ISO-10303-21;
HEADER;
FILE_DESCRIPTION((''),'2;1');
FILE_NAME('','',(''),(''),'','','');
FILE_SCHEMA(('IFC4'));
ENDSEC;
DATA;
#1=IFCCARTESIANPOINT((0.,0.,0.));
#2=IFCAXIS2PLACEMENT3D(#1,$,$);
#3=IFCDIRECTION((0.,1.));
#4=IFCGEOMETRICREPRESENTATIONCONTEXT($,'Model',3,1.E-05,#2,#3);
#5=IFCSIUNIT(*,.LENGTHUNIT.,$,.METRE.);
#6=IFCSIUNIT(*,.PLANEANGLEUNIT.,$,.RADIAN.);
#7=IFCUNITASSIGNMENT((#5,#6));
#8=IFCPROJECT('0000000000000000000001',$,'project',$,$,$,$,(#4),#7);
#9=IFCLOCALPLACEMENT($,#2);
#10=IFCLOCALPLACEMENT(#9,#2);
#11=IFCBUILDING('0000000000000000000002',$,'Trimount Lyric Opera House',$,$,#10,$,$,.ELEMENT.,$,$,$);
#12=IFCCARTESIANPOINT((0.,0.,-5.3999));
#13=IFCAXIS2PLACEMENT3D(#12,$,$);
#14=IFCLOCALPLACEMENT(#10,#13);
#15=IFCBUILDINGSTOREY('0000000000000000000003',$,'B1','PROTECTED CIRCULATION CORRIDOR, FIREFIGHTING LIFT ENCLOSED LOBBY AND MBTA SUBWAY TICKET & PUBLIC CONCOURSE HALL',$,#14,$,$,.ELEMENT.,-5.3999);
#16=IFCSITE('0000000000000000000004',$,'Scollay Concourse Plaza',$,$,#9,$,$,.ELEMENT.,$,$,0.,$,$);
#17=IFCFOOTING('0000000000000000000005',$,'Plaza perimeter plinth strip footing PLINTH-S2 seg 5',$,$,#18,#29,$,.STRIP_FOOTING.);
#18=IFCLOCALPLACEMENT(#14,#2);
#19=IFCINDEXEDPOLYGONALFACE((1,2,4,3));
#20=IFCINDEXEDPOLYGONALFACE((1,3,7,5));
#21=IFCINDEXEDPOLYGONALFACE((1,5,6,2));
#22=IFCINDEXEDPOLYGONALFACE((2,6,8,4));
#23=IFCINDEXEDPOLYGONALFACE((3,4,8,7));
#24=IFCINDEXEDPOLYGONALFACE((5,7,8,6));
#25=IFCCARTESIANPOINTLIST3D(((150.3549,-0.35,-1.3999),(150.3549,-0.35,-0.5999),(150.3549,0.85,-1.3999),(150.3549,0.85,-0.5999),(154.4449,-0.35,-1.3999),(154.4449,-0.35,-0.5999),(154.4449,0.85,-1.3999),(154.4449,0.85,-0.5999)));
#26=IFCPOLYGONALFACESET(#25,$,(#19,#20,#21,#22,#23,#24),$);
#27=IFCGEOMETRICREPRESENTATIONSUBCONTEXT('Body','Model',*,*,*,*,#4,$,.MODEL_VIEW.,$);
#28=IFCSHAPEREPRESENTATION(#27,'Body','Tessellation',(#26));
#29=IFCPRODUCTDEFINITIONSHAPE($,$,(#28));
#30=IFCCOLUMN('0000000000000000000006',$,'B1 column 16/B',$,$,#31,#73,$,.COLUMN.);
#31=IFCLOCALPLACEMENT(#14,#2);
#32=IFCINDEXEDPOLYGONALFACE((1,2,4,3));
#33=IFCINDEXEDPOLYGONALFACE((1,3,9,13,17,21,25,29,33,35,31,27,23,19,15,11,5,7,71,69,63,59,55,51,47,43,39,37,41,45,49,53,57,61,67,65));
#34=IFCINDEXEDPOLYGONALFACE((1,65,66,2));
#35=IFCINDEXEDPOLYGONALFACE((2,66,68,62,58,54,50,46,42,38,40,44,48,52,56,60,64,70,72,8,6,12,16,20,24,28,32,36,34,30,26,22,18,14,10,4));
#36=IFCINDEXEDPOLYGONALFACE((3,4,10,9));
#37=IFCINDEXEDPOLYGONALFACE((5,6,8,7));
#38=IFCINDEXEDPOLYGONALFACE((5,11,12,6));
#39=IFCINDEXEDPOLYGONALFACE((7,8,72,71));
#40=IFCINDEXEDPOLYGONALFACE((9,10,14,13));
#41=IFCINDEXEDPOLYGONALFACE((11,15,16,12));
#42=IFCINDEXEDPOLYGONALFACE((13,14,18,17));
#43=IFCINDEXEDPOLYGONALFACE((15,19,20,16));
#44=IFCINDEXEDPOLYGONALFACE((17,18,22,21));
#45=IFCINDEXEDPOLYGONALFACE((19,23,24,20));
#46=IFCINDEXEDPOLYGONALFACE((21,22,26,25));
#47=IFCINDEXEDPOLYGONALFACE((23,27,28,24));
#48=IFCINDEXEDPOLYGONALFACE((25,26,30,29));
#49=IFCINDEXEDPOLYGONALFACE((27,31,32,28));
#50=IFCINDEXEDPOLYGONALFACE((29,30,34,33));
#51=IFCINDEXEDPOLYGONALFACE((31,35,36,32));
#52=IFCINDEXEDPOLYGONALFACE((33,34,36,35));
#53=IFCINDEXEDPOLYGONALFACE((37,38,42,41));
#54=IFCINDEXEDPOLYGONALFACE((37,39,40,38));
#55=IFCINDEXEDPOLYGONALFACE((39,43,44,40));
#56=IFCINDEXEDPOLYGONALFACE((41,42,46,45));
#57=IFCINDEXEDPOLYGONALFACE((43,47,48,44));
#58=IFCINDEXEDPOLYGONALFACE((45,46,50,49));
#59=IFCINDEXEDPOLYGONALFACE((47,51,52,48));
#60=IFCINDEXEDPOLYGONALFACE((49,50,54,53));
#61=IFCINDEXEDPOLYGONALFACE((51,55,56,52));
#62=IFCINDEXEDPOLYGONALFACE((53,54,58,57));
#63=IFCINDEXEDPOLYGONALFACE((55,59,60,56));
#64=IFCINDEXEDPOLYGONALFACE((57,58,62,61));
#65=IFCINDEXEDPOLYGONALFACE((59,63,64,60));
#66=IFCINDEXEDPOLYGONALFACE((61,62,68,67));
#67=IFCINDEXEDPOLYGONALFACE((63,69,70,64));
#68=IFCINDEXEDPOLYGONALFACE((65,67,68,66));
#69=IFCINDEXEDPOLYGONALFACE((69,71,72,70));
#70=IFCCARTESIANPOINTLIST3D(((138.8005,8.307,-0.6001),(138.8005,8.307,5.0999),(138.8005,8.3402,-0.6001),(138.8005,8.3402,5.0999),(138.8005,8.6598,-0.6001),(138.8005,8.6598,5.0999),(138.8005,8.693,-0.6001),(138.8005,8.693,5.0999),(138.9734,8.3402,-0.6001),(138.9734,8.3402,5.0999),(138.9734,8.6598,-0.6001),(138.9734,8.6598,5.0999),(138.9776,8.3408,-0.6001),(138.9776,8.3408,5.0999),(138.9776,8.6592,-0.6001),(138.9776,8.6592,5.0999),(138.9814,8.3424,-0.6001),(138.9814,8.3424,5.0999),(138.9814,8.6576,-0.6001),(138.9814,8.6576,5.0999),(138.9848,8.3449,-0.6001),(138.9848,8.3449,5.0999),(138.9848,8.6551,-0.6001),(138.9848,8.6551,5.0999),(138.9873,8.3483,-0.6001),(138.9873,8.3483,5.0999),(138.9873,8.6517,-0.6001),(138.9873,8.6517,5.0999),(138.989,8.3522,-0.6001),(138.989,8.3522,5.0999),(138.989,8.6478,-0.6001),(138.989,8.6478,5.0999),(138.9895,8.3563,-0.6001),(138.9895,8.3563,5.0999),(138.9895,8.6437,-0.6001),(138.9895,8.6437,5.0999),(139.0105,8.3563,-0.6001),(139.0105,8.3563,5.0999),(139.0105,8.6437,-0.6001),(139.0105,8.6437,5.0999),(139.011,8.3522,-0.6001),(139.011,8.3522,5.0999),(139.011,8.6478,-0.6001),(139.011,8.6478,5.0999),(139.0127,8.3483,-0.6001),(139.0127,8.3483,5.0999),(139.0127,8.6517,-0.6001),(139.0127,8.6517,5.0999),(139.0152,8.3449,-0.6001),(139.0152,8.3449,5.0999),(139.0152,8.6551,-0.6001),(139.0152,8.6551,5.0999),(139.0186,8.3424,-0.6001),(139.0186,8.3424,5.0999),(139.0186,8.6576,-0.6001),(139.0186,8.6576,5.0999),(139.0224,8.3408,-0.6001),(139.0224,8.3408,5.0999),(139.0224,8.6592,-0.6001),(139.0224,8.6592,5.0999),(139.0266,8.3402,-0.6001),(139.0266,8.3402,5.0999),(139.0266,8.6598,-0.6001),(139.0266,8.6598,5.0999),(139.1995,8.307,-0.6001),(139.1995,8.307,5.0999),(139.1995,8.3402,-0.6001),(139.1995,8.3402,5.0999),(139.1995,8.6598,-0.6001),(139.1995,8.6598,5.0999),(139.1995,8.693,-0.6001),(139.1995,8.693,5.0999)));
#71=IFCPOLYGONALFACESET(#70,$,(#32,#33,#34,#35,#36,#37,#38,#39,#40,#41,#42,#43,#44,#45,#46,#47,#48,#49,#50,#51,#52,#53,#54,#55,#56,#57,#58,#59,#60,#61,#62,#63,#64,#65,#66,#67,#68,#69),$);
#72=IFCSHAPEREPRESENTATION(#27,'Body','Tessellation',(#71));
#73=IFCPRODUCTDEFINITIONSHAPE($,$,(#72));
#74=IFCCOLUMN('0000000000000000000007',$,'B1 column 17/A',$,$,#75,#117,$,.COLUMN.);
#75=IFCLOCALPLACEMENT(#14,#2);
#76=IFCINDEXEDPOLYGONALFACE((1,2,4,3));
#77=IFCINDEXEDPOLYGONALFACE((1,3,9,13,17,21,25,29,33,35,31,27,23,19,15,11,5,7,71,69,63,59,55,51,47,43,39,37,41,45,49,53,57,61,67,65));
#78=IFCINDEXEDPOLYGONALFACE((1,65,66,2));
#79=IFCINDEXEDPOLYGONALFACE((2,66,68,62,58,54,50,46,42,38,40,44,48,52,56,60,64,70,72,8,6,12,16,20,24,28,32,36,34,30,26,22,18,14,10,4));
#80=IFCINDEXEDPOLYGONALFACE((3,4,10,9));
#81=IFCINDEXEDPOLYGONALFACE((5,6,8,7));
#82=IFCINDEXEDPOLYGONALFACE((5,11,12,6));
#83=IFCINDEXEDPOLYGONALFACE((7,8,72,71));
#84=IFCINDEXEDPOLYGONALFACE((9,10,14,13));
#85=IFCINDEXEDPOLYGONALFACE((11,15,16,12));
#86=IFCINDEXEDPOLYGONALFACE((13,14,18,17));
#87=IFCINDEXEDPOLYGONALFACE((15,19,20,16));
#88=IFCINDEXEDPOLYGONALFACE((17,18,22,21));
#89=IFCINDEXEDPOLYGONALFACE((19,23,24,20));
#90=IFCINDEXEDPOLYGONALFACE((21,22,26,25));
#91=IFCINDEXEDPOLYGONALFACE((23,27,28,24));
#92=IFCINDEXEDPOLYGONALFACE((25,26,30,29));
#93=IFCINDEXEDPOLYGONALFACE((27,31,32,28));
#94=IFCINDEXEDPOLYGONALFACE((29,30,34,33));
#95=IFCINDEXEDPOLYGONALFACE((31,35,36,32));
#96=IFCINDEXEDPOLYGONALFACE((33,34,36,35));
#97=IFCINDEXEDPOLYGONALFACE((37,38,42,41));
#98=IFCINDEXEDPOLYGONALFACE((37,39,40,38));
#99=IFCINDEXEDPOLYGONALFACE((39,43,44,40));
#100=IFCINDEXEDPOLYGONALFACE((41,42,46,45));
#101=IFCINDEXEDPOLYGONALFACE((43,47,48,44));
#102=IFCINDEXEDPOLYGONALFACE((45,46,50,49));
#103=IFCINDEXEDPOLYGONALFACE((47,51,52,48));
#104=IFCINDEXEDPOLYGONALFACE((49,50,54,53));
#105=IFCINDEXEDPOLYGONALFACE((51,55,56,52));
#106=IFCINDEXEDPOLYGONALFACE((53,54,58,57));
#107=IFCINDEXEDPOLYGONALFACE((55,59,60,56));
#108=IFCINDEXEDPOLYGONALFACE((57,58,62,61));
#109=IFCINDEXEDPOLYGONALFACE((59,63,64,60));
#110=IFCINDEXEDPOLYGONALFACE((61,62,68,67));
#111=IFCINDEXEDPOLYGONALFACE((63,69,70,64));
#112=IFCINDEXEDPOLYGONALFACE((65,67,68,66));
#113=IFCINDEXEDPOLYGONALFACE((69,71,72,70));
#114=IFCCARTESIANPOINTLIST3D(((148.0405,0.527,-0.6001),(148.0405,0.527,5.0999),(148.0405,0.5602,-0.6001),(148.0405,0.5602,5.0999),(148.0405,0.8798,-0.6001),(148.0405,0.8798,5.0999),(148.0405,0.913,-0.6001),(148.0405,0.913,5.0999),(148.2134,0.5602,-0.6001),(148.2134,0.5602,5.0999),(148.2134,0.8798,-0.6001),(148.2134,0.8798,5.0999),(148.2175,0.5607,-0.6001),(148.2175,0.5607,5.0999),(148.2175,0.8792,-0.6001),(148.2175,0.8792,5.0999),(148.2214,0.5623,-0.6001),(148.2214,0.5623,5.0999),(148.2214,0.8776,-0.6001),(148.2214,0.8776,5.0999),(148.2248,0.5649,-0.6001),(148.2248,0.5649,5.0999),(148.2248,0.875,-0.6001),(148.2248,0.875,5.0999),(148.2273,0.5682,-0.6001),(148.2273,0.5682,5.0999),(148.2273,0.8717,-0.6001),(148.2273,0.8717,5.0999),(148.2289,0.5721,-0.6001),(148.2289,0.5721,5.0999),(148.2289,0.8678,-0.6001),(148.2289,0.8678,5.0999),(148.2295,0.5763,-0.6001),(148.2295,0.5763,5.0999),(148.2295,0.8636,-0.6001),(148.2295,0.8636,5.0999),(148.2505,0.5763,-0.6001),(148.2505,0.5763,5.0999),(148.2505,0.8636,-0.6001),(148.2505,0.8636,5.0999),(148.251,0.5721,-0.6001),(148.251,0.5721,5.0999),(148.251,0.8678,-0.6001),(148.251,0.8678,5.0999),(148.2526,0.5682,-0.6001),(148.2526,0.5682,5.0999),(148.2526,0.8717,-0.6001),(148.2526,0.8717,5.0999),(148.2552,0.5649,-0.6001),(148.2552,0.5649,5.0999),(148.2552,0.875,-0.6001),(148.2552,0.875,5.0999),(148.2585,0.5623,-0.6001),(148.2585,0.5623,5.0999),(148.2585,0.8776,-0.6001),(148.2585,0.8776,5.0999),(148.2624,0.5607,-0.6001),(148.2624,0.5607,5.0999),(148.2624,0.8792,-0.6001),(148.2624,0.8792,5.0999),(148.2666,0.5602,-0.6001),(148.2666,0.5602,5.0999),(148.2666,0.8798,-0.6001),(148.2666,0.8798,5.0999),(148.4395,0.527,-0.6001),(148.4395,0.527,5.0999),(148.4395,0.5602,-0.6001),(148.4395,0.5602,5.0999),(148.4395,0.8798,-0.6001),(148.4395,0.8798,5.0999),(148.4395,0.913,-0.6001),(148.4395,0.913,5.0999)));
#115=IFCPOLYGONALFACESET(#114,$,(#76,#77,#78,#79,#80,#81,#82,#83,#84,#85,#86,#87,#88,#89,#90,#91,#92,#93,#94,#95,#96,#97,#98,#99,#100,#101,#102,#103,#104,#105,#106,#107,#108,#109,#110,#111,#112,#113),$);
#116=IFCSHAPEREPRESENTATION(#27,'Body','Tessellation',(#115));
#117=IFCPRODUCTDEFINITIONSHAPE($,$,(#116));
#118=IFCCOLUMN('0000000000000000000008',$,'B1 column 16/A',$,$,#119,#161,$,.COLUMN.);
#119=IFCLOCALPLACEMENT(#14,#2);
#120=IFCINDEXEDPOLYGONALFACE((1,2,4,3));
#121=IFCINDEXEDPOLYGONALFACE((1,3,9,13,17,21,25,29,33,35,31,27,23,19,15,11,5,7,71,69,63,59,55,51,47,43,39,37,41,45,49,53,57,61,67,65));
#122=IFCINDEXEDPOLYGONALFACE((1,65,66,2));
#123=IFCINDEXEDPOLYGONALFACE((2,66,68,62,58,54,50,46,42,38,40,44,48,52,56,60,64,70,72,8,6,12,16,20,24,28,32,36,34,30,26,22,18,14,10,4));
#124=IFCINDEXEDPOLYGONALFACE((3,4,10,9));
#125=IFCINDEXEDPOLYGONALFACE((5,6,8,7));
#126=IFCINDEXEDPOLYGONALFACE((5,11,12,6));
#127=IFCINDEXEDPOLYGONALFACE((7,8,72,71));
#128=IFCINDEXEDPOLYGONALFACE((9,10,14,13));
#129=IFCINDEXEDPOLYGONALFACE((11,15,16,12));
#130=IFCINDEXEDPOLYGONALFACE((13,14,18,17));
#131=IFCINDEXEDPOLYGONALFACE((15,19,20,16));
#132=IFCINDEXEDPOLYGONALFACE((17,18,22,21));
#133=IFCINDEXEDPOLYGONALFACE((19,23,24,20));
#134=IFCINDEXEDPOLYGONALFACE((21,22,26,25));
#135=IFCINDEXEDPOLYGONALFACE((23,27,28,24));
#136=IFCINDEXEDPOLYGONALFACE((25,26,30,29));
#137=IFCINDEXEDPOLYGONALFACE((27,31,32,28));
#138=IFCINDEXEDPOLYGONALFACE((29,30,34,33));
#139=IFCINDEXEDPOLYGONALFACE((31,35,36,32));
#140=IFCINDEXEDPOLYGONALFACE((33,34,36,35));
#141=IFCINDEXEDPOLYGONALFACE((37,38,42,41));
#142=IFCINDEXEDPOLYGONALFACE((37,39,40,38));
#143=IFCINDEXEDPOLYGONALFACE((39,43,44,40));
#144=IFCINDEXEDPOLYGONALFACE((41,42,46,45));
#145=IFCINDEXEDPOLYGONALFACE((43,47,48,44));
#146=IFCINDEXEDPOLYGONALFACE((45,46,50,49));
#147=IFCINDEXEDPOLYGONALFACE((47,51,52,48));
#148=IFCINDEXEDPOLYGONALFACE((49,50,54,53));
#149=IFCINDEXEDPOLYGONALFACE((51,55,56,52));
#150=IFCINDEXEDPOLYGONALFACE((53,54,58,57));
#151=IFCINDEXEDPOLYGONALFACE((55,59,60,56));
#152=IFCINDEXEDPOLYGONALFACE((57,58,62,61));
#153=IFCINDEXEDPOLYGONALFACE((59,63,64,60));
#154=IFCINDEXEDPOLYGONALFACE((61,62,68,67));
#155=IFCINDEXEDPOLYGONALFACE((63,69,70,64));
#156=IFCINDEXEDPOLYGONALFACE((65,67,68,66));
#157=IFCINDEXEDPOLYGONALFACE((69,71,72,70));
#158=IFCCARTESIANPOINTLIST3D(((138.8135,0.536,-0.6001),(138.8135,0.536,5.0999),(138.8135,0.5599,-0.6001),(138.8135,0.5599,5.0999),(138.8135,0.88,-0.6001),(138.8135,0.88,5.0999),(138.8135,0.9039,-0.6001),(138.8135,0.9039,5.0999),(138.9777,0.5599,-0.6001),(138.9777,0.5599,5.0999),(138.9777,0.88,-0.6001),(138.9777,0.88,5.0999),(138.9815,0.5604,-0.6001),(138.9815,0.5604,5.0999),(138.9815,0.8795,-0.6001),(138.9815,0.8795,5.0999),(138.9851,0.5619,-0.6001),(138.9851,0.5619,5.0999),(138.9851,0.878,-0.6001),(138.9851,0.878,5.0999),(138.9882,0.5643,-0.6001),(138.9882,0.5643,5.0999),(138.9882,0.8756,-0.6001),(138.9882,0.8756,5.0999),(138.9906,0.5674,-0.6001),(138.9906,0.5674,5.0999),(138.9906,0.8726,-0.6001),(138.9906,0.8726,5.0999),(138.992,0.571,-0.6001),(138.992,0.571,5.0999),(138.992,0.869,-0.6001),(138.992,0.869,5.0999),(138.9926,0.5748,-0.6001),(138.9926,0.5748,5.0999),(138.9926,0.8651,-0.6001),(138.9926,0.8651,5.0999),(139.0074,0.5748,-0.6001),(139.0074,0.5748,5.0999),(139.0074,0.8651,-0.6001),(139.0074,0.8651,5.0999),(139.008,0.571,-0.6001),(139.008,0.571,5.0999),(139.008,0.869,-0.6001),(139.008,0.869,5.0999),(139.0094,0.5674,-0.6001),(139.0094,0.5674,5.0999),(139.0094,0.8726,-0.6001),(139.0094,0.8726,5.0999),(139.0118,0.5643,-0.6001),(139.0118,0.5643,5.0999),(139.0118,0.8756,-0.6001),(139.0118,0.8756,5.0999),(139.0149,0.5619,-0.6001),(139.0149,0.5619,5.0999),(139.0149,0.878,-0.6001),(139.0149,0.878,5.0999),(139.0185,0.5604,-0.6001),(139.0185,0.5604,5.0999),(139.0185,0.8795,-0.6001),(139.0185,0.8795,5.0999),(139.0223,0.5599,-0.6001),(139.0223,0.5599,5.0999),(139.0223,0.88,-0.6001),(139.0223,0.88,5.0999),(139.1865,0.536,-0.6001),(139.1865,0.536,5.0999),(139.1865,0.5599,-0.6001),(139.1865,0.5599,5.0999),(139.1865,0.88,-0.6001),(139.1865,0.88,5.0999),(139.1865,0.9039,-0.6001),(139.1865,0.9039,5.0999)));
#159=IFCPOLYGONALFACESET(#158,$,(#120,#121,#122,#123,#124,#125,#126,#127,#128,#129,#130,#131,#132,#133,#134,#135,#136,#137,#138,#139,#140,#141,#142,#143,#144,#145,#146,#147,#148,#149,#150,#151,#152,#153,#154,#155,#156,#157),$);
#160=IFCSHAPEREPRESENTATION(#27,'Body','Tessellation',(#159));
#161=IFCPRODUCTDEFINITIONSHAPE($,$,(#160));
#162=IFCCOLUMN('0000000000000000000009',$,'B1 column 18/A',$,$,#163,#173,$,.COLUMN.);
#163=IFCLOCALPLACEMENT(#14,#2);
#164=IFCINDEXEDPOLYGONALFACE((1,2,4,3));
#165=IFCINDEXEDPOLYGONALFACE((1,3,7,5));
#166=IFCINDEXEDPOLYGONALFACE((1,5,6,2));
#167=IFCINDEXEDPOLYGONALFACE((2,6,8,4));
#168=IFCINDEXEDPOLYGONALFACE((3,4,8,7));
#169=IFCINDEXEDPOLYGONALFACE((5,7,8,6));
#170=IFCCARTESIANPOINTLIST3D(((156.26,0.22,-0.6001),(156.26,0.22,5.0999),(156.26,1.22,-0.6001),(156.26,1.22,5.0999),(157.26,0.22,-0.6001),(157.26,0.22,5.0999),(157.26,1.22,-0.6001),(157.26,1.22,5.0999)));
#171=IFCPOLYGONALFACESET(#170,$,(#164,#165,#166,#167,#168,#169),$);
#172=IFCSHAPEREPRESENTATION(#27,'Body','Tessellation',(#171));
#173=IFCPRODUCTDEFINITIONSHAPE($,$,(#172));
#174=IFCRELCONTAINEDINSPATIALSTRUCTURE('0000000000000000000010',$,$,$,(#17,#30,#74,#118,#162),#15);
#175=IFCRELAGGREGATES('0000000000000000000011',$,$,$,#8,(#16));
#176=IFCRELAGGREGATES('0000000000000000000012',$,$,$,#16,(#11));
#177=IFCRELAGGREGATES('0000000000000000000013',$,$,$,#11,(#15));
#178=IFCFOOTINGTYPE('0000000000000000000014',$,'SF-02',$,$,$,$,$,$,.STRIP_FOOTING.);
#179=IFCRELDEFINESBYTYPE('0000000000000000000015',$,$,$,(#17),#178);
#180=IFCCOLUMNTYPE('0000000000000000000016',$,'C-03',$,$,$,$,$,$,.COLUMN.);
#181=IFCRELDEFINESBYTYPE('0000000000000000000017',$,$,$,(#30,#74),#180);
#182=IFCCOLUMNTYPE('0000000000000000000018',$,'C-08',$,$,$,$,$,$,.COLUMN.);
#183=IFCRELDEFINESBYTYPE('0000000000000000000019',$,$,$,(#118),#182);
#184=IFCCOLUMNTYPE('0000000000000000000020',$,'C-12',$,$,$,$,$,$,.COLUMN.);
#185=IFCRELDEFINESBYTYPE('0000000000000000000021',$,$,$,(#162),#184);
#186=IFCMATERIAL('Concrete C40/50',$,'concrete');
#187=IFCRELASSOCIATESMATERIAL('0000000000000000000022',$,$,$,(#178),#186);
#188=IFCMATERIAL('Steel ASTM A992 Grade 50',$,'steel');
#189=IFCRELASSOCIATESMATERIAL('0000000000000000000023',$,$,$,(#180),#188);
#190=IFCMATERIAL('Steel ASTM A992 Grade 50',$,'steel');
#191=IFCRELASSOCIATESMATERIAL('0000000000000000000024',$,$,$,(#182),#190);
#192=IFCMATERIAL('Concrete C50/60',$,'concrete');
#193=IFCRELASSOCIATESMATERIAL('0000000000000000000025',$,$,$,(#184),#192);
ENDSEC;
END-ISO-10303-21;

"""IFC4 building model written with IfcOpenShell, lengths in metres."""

from ifc_helpers import new_model, si_unit, direction, frame, origin, origin_2d, place, context, subcontext, project, spatial, rectangle, i_section, extrude, material, material_profile, profile_set, type_object, element, save


model = new_model("IFC4")

# Units and contexts
model_context = context("Model", 3, precision=1e-05, world=origin(), true_north=direction((0.0, 1.0)))
body_context = subcontext(model_context, "Body", "Model", "MODEL_VIEW")
ifc_project = project(units=[si_unit("LENGTHUNIT", "METRE"), si_unit("PLANEANGLEUNIT", "RADIAN")], contexts=[model_context])

# Site, building, storey
site_placement = place(None, origin())
site = spatial("IfcSite", under=ifc_project, at=site_placement, Name="Scollay Concourse Plaza", CompositionType="ELEMENT", RefElevation=0.0)
building_placement = place(site_placement, origin())
building = spatial("IfcBuilding", under=site, at=building_placement, Name="Trimount Lyric Opera House", CompositionType="ELEMENT")
storey_placement = place(building_placement, frame((0.0, 0.0, -5.3999)))
storey = spatial("IfcBuildingStorey", under=building, at=storey_placement, Name="B1", Description="PROTECTED CIRCULATION CORRIDOR, FIREFIGHTING LIFT ENCLOSED LOBBY AND MBTA SUBWAY TICKET & PUBLIC CONCOURSE HALL", CompositionType="ELEMENT", Elevation=-5.3999)

# Footing
ifc_material_1 = material(Name="Concrete C40/50", Category="concrete")
footing_type_1 = type_object("IfcFootingType", Name="SF-02", PredefinedType="STRIP_FOOTING", material=ifc_material_1)
footing_1_placement = place(storey_placement, frame((152.3999, 0.25, -1.3999), z_axis=(0.0, 0.0, 1.0), x_axis=(1.0, 0.0, 0.0)))
element("IfcFooting", 1, at=footing_1_placement, inside=storey, type_object=footing_type_1, Name="Plaza perimeter plinth strip footing PLINTH-S2 seg 5", PredefinedType="STRIP_FOOTING", context=body_context, shape_type="SweptSolid", body=[
    extrude(rectangle(XDim=4.0901, YDim=1.2, at=origin_2d()), origin(), (0.0, 0.0, 1.0), 0.8),
])

# Columns
ifc_material_2 = material(Name="Steel ASTM A992 Grade 50", Category="steel")
ifc_material_profile_1 = material_profile(ifc_material_2, i_section(OverallWidth=0.3989, OverallDepth=0.386, WebThickness=0.021, FlangeThickness=0.0332, FilletRadius=0.0161, at=origin_2d()), Name="W14X176")
ifc_profile_set_1 = profile_set([ifc_material_profile_1], Name="Steel ASTM A992 Grade 50")
column_type_1 = type_object("IfcColumnType", Name="C-03", PredefinedType="COLUMN", material=ifc_profile_set_1)
for number, where, z_axis, x_axis, name in (
    (2, (139.0, 8.5, -0.6001), (0.0, 0.0, 1.0), (1.0, 0.0, 0.0), "B1 column 16/B"),
    (3, (148.24, 0.72, -0.6001), (0.0, 0.0, 1.0), (1.0, 0.0, 0.0), "B1 column 17/A"),
):
    element("IfcColumn", number, at=place(storey_placement, frame(where, z_axis=z_axis, x_axis=x_axis)), inside=storey, type_object=column_type_1, Name=name, PredefinedType="COLUMN", context=body_context, shape_type="SweptSolid", body=[
        extrude(i_section(OverallWidth=0.3989, OverallDepth=0.386, WebThickness=0.021, FlangeThickness=0.0332, FilletRadius=0.0161, at=origin_2d()), origin(), (0.0, 0.0, 1.0), 5.7),
    ])
ifc_material_3 = material(Name="Steel ASTM A992 Grade 50", Category="steel")
ifc_material_profile_2 = material_profile(ifc_material_3, i_section(OverallWidth=0.373, OverallDepth=0.3679, WebThickness=0.0149, FlangeThickness=0.0239, FilletRadius=0.0149, at=origin_2d()), Name="W14X120")
ifc_profile_set_2 = profile_set([ifc_material_profile_2], Name="Steel ASTM A992 Grade 50")
column_type_2 = type_object("IfcColumnType", Name="C-08", PredefinedType="COLUMN", material=ifc_profile_set_2)
column_1_placement = place(storey_placement, frame((139.0, 0.72, -0.6001), z_axis=(0.0, 0.0, 1.0), x_axis=(1.0, 0.0, 0.0)))
element("IfcColumn", 4, at=column_1_placement, inside=storey, type_object=column_type_2, Name="B1 column 16/A", PredefinedType="COLUMN", context=body_context, shape_type="SweptSolid", body=[
    extrude(i_section(OverallWidth=0.373, OverallDepth=0.3679, WebThickness=0.0149, FlangeThickness=0.0239, FilletRadius=0.0149, at=origin_2d()), origin(), (0.0, 0.0, 1.0), 5.7),
])
ifc_material_4 = material(Name="Concrete C50/60", Category="concrete")
ifc_material_profile_3 = material_profile(ifc_material_4, rectangle(XDim=1.0, YDim=1.0, at=origin_2d()), Name="RC1000X1000")
ifc_profile_set_3 = profile_set([ifc_material_profile_3], Name="Concrete C50/60")
column_type_3 = type_object("IfcColumnType", Name="C-12", PredefinedType="COLUMN", material=ifc_profile_set_3)
column_2_placement = place(storey_placement, frame((156.76, 0.72, -0.6001), z_axis=(0.0, 0.0, 1.0), x_axis=(1.0, 0.0, 0.0)))
element("IfcColumn", 5, at=column_2_placement, inside=storey, type_object=column_type_3, Name="B1 column 18/A", PredefinedType="COLUMN", context=body_context, shape_type="SweptSolid", body=[
    extrude(rectangle(XDim=1.0, YDim=1.0, at=origin_2d()), origin(), (0.0, 0.0, 1.0), 5.7),
])

save(model, "model.ifc")
